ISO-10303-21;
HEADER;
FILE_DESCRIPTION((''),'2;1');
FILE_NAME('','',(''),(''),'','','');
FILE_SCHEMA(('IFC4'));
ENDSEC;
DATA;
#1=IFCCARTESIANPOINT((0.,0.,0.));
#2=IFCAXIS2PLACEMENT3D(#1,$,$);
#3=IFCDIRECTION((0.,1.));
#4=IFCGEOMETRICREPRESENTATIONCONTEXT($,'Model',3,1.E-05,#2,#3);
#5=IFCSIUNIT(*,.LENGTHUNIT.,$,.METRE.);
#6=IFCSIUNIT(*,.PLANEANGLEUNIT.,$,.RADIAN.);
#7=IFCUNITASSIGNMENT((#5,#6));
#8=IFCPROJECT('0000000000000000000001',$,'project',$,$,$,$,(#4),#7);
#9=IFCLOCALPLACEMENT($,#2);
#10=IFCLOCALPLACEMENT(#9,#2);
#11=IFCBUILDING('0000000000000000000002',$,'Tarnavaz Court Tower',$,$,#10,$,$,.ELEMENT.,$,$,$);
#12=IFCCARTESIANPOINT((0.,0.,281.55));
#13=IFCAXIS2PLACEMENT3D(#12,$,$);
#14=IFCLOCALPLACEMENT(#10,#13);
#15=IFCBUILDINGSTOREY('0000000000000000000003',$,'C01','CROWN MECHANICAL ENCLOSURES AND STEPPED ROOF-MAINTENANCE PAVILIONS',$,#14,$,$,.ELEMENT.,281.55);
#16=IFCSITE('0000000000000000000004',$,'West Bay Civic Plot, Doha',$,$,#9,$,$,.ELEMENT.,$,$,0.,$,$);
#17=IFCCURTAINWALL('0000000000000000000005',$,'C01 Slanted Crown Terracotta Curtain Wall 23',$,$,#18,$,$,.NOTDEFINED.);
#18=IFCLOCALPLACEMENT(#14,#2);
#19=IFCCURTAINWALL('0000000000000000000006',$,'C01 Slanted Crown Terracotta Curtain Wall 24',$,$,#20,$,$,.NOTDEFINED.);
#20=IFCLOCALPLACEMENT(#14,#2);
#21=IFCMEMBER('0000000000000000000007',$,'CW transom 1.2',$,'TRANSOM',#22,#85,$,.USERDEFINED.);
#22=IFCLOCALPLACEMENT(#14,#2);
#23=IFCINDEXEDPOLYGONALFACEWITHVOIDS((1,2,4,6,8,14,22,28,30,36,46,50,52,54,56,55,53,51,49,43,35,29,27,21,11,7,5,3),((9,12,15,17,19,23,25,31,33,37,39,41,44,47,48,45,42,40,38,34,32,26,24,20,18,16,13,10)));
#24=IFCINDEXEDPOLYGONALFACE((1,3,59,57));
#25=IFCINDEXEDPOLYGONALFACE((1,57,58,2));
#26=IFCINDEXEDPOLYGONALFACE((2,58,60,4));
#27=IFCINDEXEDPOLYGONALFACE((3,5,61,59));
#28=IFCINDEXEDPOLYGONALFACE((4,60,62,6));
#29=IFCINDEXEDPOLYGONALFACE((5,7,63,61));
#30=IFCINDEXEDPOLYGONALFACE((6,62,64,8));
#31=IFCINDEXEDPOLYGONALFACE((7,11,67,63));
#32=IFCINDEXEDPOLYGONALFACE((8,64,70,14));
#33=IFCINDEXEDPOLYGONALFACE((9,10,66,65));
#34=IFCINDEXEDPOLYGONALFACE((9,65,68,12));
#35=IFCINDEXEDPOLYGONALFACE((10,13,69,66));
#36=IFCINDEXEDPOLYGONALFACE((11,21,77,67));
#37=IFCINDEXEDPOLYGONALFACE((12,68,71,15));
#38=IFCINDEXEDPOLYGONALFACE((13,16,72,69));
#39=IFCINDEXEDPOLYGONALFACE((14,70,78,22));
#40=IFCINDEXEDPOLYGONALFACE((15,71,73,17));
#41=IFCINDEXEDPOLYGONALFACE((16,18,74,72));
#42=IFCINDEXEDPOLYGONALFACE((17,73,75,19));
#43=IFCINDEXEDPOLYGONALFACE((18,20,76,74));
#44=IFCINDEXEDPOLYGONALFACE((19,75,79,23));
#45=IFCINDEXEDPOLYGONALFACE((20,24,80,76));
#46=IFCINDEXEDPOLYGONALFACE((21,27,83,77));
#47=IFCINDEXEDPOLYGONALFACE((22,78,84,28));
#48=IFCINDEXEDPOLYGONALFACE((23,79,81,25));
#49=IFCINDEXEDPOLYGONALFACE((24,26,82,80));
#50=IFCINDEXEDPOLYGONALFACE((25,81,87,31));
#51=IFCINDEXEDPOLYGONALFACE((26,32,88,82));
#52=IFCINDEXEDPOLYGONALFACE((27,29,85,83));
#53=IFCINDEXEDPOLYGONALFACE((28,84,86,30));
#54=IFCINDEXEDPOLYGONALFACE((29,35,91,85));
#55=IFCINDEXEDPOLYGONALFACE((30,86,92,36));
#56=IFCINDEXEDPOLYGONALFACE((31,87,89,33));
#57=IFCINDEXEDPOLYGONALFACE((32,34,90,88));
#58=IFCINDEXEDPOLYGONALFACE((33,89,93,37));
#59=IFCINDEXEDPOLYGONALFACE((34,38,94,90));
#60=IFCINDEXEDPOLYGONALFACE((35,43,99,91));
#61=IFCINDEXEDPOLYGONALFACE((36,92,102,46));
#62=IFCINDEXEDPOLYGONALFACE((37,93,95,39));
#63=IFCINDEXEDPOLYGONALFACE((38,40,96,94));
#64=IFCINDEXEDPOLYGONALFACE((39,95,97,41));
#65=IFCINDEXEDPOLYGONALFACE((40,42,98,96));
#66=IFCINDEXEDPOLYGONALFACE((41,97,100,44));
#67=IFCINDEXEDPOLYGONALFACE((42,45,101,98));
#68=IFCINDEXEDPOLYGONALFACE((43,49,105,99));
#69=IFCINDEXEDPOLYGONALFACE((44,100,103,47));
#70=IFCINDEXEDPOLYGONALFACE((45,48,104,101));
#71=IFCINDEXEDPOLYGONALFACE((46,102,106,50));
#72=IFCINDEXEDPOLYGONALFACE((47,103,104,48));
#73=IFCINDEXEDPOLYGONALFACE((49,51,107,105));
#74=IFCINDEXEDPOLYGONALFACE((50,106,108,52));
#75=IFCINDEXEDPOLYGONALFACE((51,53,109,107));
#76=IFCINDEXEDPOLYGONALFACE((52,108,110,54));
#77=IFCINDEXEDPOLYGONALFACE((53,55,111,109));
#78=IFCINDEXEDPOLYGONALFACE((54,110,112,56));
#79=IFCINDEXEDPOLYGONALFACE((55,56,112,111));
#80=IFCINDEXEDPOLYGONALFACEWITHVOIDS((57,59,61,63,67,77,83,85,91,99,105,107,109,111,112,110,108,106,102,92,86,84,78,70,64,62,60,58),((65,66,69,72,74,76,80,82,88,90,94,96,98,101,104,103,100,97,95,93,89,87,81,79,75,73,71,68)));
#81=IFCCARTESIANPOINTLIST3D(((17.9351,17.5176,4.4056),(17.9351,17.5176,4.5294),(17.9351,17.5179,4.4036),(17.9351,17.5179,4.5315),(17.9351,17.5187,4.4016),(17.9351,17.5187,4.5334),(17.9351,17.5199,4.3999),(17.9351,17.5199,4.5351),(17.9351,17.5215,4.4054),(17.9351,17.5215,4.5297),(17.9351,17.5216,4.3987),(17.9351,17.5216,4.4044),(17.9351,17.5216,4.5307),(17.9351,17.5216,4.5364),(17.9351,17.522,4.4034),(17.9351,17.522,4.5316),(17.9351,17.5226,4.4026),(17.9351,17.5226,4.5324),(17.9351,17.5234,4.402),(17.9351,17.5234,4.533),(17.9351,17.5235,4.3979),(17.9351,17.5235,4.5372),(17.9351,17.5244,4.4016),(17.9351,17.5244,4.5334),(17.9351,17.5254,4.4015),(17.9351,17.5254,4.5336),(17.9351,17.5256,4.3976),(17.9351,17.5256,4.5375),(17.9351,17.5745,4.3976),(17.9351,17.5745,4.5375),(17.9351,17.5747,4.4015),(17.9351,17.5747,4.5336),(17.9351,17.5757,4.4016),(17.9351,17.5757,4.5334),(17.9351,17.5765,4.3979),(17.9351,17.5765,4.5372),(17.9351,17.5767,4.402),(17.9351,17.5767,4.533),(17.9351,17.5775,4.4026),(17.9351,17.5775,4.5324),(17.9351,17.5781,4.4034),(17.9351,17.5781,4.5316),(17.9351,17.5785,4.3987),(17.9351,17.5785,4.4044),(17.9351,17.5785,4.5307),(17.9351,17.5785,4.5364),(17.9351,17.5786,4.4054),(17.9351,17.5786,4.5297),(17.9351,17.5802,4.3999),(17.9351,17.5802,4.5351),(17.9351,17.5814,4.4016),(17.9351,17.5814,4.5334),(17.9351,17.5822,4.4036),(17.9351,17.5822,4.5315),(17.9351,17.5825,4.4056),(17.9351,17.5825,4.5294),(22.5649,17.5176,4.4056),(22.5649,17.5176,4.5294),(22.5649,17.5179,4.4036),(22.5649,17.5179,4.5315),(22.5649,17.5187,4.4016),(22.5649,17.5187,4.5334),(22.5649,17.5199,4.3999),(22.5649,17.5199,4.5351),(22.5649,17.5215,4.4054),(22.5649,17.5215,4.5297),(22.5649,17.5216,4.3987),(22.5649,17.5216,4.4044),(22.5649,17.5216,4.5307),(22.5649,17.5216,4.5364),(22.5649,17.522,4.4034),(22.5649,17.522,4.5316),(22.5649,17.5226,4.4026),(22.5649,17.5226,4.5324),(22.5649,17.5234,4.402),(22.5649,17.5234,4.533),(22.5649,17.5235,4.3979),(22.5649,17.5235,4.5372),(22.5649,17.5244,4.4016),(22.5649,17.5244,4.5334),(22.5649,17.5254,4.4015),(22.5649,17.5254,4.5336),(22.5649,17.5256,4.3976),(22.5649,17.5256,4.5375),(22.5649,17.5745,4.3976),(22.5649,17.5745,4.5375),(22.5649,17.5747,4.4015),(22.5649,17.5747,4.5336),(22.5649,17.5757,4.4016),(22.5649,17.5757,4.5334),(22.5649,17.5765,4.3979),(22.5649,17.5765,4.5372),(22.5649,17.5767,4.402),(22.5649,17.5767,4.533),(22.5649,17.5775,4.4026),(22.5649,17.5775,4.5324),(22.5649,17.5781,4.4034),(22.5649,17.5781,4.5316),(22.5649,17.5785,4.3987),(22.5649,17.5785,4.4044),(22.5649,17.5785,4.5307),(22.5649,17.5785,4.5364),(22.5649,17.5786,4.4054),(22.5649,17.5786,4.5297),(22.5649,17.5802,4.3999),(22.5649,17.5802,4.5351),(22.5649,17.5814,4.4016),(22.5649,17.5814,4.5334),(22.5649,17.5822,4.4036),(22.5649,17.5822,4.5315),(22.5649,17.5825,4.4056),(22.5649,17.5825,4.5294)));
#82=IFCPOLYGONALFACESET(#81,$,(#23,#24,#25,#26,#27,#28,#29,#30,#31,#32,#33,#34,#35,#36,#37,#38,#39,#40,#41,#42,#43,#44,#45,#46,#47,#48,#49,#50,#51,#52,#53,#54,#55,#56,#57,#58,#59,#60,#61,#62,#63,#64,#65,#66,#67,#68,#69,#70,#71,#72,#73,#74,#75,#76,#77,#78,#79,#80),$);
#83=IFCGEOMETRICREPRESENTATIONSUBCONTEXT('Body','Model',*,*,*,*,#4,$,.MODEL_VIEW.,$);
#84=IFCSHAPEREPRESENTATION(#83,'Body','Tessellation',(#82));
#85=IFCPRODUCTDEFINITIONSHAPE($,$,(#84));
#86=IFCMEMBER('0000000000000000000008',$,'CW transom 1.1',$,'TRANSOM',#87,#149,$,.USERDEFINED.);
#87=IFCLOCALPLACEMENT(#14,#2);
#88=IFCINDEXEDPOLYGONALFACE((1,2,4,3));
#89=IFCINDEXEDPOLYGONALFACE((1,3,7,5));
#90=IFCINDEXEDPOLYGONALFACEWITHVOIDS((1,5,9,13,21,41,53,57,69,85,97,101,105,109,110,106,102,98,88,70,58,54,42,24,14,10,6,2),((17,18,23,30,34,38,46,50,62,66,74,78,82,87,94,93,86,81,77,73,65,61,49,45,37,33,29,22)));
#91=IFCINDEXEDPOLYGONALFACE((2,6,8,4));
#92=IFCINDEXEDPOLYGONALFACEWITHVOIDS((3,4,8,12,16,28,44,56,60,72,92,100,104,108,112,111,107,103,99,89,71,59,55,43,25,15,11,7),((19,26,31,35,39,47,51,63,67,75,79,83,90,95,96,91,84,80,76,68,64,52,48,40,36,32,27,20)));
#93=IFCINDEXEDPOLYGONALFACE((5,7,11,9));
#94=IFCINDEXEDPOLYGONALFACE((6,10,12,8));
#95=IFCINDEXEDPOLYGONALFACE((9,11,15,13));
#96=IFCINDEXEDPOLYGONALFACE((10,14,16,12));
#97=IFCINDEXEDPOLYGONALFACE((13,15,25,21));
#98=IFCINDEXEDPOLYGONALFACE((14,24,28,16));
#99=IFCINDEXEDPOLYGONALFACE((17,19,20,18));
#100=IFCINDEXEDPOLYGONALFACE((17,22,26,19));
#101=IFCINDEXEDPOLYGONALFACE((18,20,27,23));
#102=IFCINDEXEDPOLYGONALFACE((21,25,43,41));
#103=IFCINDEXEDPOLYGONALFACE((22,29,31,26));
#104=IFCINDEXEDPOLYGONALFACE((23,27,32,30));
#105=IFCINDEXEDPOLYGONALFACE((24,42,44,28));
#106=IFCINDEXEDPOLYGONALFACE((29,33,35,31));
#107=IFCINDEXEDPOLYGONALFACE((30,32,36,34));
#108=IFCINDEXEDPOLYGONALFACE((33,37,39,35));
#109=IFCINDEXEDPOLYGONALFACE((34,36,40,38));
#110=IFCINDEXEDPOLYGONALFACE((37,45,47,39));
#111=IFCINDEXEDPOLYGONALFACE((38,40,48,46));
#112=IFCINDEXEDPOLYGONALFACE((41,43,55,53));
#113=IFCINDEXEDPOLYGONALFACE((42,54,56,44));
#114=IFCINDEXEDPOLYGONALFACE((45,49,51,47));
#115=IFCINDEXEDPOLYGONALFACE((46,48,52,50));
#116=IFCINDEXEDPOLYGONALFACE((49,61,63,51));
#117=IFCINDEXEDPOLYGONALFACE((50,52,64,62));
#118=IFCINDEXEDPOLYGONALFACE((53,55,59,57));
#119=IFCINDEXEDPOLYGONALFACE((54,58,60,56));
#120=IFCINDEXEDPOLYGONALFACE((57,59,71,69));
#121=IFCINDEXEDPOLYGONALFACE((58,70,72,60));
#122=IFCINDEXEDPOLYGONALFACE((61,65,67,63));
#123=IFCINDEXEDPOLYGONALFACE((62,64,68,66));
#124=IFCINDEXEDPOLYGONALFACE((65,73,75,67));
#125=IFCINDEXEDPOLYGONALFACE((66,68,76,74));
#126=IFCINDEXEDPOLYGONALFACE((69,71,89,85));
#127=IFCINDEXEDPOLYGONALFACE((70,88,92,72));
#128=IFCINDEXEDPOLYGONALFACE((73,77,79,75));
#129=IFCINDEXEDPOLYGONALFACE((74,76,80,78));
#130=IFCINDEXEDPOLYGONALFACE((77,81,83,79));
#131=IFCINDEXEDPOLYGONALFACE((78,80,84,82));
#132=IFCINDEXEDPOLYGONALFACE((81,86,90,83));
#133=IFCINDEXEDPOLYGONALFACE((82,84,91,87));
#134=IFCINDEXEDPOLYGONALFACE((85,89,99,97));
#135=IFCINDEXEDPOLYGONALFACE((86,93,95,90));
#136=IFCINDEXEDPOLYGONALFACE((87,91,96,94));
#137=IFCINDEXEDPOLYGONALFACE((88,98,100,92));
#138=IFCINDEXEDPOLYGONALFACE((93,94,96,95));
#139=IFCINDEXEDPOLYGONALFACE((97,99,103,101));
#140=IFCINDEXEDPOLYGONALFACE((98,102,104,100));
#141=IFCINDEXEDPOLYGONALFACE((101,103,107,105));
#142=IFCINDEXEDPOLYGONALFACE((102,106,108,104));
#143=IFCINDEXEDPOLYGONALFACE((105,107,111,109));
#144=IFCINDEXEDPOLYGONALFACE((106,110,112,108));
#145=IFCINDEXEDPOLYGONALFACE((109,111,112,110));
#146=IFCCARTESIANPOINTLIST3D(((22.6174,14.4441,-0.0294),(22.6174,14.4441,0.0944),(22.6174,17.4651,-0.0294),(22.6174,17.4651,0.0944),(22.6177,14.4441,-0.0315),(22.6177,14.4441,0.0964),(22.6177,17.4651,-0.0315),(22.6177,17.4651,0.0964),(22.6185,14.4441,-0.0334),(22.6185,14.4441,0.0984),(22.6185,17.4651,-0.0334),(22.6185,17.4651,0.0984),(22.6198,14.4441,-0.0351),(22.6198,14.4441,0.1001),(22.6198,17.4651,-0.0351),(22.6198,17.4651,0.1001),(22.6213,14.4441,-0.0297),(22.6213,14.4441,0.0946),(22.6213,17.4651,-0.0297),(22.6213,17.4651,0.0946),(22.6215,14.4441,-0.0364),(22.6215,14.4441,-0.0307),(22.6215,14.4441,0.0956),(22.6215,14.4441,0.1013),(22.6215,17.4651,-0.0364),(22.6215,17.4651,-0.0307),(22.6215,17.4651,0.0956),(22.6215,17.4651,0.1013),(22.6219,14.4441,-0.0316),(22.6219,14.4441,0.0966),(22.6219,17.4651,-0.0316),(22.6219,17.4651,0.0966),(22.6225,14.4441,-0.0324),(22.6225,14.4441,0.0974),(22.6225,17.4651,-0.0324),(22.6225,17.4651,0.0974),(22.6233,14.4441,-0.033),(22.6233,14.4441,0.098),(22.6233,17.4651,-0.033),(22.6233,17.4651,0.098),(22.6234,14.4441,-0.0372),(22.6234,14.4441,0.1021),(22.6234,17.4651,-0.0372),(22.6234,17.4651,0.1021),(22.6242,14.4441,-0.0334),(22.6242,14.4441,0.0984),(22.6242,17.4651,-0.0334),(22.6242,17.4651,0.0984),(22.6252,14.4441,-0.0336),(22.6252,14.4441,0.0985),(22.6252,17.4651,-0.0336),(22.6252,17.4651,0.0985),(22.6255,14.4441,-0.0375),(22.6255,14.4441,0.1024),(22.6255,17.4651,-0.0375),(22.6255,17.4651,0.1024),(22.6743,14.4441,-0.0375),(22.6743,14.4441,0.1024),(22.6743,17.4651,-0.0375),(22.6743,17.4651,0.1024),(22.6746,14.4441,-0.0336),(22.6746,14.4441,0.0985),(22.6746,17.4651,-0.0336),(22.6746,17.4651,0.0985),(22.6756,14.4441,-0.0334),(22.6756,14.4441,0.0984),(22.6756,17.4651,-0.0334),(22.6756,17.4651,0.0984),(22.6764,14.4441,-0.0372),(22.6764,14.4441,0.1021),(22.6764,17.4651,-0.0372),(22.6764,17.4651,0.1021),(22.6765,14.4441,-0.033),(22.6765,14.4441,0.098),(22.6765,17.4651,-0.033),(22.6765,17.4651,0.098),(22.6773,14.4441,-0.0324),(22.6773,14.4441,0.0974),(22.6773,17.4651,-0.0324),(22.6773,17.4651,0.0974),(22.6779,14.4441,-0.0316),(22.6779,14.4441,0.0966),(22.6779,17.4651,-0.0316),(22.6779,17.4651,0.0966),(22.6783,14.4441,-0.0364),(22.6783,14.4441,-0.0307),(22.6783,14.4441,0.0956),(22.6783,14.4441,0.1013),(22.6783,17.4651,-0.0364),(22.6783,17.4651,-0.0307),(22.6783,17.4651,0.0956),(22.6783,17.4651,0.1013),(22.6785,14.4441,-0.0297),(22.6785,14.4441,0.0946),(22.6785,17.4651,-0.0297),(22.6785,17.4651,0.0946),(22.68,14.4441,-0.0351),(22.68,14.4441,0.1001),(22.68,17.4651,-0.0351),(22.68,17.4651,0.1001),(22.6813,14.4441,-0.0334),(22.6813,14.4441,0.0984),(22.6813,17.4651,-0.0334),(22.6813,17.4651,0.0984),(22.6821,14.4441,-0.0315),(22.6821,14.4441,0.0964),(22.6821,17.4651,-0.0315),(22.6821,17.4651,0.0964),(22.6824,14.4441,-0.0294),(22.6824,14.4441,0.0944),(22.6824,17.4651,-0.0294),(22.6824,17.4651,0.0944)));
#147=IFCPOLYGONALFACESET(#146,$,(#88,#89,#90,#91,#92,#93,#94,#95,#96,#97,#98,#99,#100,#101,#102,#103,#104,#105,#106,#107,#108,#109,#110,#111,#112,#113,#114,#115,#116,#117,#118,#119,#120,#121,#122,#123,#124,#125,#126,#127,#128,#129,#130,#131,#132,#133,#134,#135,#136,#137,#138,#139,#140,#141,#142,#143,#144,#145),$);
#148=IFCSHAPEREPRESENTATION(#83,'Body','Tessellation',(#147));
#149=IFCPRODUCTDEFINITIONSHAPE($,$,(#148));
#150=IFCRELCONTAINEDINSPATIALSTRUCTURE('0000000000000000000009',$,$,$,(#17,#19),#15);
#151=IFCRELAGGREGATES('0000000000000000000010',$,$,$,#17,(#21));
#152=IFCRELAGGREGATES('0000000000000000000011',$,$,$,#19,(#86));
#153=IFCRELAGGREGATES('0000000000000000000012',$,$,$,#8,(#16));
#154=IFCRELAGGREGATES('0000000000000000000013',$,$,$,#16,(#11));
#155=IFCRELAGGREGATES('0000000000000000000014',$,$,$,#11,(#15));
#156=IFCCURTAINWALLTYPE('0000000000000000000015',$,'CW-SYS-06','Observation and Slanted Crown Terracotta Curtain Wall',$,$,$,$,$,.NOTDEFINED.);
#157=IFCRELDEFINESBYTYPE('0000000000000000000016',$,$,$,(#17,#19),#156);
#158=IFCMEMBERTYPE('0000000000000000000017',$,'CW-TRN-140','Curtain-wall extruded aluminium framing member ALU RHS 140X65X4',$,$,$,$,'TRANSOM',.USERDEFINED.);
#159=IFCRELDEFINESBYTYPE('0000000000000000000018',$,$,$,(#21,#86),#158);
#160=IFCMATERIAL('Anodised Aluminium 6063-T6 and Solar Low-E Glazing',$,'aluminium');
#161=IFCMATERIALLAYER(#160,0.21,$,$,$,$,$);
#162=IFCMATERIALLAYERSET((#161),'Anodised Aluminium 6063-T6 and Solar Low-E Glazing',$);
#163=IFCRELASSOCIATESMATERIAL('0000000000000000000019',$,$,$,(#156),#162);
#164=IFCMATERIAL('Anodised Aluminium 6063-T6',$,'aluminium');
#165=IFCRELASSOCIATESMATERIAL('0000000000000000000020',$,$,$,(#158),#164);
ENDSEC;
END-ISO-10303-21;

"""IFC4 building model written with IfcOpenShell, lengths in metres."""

from ifc_helpers import new_model, si_unit, direction, frame, origin, origin_2d, place, context, subcontext, project, spatial, hollow_rectangle, extrude, material, layer, layer_set, material_profile, profile_set, type_object, element, aggregate, save


model = new_model("IFC4")

# Units and contexts
model_context = context("Model", 3, precision=1e-05, world=origin(), true_north=direction((0.0, 1.0)))
body_context = subcontext(model_context, "Body", "Model", "MODEL_VIEW")
ifc_project = project(units=[si_unit("LENGTHUNIT", "METRE"), si_unit("PLANEANGLEUNIT", "RADIAN")], contexts=[model_context])

# Site, building, storey
site_placement = place(None, origin())
site = spatial("IfcSite", under=ifc_project, at=site_placement, Name="West Bay Civic Plot, Doha", CompositionType="ELEMENT", RefElevation=0.0)
building_placement = place(site_placement, origin())
building = spatial("IfcBuilding", under=site, at=building_placement, Name="Tarnavaz Court Tower", CompositionType="ELEMENT")
storey_placement = place(building_placement, frame((0.0, 0.0, 281.55)))
storey = spatial("IfcBuildingStorey", under=building, at=storey_placement, Name="C01", Description="CROWN MECHANICAL ENCLOSURES AND STEPPED ROOF-MAINTENANCE PAVILIONS", CompositionType="ELEMENT", Elevation=281.55)

# Shared definitions
ifc_material_1 = material(Name="Anodised Aluminium 6063-T6 and Solar Low-E Glazing", Category="aluminium")
ifc_layer_1 = layer(ifc_material_1, 0.21)
ifc_layer_set_1 = layer_set([ifc_layer_1], Name="Anodised Aluminium 6063-T6 and Solar Low-E Glazing")
curtain_wall_type = type_object("IfcCurtainWallType", Name="CW-SYS-06", Description="Observation and Slanted Crown Terracotta Curtain Wall", PredefinedType="NOTDEFINED", material=ifc_layer_set_1)
ifc_material_2 = material(Name="Anodised Aluminium 6063-T6", Category="aluminium")

# Curtain walls
curtain_wall_1_placement = place(storey_placement, origin())
curtain_wall_1 = element("IfcCurtainWall", 1, at=curtain_wall_1_placement, inside=storey, type_object=curtain_wall_type, Name="C01 Slanted Crown Terracotta Curtain Wall 23", PredefinedType="NOTDEFINED")
curtain_wall_2_placement = place(storey_placement, origin())
curtain_wall_2 = element("IfcCurtainWall", 2, at=curtain_wall_2_placement, inside=storey, type_object=curtain_wall_type, Name="C01 Slanted Crown Terracotta Curtain Wall 24", PredefinedType="NOTDEFINED")

# Members
ifc_material_profile_1 = material_profile(ifc_material_2, hollow_rectangle(XDim=0.0649, YDim=0.1399, WallThickness=0.0039, InnerFilletRadius=0.0039, OuterFilletRadius=0.0081, at=origin_2d()), Name="ALU RHS 140X65X4")
ifc_profile_set_1 = profile_set([ifc_material_profile_1], Name="Anodised Aluminium 6063-T6")
member_type_1 = type_object("IfcMemberType", Name="CW-TRN-140", Description="Curtain-wall extruded aluminium framing member ALU RHS 140X65X4", ElementType="TRANSOM", PredefinedType="USERDEFINED", material=ifc_profile_set_1)
member_1_placement = place(storey_placement, frame((17.9351, 17.55, 4.4675), z_axis=(1.0, 0.0, 0.0), x_axis=(0.0, 1.0, 0.0)))
member_1 = element("IfcMember", 3, at=member_1_placement, type_object=member_type_1, Name="CW transom 1.2", ObjectType="TRANSOM", PredefinedType="USERDEFINED", context=body_context, shape_type="SweptSolid", body=[
    extrude(hollow_rectangle(XDim=0.0649, YDim=0.1399, WallThickness=0.0039, InnerFilletRadius=0.0039, OuterFilletRadius=0.0081, at=origin_2d()), origin(), (0.0, 0.0, 1.0), 4.6299),
])
member_2_placement = place(storey_placement, frame((22.6499, 17.4651, 0.0325), z_axis=(0.0, -1.0, 0.0), x_axis=(1.0, 0.0, 0.0)))
member_2 = element("IfcMember", 4, at=member_2_placement, type_object=member_type_1, Name="CW transom 1.1", ObjectType="TRANSOM", PredefinedType="USERDEFINED", context=body_context, shape_type="SweptSolid", body=[
    extrude(hollow_rectangle(XDim=0.0649, YDim=0.1399, WallThickness=0.0039, InnerFilletRadius=0.0039, OuterFilletRadius=0.0081, at=origin_2d()), origin(), (0.0, 0.0, 1.0), 3.021),
])

aggregate(curtain_wall_1, [member_1])
aggregate(curtain_wall_2, [member_2])

save(model, "model.ifc")
